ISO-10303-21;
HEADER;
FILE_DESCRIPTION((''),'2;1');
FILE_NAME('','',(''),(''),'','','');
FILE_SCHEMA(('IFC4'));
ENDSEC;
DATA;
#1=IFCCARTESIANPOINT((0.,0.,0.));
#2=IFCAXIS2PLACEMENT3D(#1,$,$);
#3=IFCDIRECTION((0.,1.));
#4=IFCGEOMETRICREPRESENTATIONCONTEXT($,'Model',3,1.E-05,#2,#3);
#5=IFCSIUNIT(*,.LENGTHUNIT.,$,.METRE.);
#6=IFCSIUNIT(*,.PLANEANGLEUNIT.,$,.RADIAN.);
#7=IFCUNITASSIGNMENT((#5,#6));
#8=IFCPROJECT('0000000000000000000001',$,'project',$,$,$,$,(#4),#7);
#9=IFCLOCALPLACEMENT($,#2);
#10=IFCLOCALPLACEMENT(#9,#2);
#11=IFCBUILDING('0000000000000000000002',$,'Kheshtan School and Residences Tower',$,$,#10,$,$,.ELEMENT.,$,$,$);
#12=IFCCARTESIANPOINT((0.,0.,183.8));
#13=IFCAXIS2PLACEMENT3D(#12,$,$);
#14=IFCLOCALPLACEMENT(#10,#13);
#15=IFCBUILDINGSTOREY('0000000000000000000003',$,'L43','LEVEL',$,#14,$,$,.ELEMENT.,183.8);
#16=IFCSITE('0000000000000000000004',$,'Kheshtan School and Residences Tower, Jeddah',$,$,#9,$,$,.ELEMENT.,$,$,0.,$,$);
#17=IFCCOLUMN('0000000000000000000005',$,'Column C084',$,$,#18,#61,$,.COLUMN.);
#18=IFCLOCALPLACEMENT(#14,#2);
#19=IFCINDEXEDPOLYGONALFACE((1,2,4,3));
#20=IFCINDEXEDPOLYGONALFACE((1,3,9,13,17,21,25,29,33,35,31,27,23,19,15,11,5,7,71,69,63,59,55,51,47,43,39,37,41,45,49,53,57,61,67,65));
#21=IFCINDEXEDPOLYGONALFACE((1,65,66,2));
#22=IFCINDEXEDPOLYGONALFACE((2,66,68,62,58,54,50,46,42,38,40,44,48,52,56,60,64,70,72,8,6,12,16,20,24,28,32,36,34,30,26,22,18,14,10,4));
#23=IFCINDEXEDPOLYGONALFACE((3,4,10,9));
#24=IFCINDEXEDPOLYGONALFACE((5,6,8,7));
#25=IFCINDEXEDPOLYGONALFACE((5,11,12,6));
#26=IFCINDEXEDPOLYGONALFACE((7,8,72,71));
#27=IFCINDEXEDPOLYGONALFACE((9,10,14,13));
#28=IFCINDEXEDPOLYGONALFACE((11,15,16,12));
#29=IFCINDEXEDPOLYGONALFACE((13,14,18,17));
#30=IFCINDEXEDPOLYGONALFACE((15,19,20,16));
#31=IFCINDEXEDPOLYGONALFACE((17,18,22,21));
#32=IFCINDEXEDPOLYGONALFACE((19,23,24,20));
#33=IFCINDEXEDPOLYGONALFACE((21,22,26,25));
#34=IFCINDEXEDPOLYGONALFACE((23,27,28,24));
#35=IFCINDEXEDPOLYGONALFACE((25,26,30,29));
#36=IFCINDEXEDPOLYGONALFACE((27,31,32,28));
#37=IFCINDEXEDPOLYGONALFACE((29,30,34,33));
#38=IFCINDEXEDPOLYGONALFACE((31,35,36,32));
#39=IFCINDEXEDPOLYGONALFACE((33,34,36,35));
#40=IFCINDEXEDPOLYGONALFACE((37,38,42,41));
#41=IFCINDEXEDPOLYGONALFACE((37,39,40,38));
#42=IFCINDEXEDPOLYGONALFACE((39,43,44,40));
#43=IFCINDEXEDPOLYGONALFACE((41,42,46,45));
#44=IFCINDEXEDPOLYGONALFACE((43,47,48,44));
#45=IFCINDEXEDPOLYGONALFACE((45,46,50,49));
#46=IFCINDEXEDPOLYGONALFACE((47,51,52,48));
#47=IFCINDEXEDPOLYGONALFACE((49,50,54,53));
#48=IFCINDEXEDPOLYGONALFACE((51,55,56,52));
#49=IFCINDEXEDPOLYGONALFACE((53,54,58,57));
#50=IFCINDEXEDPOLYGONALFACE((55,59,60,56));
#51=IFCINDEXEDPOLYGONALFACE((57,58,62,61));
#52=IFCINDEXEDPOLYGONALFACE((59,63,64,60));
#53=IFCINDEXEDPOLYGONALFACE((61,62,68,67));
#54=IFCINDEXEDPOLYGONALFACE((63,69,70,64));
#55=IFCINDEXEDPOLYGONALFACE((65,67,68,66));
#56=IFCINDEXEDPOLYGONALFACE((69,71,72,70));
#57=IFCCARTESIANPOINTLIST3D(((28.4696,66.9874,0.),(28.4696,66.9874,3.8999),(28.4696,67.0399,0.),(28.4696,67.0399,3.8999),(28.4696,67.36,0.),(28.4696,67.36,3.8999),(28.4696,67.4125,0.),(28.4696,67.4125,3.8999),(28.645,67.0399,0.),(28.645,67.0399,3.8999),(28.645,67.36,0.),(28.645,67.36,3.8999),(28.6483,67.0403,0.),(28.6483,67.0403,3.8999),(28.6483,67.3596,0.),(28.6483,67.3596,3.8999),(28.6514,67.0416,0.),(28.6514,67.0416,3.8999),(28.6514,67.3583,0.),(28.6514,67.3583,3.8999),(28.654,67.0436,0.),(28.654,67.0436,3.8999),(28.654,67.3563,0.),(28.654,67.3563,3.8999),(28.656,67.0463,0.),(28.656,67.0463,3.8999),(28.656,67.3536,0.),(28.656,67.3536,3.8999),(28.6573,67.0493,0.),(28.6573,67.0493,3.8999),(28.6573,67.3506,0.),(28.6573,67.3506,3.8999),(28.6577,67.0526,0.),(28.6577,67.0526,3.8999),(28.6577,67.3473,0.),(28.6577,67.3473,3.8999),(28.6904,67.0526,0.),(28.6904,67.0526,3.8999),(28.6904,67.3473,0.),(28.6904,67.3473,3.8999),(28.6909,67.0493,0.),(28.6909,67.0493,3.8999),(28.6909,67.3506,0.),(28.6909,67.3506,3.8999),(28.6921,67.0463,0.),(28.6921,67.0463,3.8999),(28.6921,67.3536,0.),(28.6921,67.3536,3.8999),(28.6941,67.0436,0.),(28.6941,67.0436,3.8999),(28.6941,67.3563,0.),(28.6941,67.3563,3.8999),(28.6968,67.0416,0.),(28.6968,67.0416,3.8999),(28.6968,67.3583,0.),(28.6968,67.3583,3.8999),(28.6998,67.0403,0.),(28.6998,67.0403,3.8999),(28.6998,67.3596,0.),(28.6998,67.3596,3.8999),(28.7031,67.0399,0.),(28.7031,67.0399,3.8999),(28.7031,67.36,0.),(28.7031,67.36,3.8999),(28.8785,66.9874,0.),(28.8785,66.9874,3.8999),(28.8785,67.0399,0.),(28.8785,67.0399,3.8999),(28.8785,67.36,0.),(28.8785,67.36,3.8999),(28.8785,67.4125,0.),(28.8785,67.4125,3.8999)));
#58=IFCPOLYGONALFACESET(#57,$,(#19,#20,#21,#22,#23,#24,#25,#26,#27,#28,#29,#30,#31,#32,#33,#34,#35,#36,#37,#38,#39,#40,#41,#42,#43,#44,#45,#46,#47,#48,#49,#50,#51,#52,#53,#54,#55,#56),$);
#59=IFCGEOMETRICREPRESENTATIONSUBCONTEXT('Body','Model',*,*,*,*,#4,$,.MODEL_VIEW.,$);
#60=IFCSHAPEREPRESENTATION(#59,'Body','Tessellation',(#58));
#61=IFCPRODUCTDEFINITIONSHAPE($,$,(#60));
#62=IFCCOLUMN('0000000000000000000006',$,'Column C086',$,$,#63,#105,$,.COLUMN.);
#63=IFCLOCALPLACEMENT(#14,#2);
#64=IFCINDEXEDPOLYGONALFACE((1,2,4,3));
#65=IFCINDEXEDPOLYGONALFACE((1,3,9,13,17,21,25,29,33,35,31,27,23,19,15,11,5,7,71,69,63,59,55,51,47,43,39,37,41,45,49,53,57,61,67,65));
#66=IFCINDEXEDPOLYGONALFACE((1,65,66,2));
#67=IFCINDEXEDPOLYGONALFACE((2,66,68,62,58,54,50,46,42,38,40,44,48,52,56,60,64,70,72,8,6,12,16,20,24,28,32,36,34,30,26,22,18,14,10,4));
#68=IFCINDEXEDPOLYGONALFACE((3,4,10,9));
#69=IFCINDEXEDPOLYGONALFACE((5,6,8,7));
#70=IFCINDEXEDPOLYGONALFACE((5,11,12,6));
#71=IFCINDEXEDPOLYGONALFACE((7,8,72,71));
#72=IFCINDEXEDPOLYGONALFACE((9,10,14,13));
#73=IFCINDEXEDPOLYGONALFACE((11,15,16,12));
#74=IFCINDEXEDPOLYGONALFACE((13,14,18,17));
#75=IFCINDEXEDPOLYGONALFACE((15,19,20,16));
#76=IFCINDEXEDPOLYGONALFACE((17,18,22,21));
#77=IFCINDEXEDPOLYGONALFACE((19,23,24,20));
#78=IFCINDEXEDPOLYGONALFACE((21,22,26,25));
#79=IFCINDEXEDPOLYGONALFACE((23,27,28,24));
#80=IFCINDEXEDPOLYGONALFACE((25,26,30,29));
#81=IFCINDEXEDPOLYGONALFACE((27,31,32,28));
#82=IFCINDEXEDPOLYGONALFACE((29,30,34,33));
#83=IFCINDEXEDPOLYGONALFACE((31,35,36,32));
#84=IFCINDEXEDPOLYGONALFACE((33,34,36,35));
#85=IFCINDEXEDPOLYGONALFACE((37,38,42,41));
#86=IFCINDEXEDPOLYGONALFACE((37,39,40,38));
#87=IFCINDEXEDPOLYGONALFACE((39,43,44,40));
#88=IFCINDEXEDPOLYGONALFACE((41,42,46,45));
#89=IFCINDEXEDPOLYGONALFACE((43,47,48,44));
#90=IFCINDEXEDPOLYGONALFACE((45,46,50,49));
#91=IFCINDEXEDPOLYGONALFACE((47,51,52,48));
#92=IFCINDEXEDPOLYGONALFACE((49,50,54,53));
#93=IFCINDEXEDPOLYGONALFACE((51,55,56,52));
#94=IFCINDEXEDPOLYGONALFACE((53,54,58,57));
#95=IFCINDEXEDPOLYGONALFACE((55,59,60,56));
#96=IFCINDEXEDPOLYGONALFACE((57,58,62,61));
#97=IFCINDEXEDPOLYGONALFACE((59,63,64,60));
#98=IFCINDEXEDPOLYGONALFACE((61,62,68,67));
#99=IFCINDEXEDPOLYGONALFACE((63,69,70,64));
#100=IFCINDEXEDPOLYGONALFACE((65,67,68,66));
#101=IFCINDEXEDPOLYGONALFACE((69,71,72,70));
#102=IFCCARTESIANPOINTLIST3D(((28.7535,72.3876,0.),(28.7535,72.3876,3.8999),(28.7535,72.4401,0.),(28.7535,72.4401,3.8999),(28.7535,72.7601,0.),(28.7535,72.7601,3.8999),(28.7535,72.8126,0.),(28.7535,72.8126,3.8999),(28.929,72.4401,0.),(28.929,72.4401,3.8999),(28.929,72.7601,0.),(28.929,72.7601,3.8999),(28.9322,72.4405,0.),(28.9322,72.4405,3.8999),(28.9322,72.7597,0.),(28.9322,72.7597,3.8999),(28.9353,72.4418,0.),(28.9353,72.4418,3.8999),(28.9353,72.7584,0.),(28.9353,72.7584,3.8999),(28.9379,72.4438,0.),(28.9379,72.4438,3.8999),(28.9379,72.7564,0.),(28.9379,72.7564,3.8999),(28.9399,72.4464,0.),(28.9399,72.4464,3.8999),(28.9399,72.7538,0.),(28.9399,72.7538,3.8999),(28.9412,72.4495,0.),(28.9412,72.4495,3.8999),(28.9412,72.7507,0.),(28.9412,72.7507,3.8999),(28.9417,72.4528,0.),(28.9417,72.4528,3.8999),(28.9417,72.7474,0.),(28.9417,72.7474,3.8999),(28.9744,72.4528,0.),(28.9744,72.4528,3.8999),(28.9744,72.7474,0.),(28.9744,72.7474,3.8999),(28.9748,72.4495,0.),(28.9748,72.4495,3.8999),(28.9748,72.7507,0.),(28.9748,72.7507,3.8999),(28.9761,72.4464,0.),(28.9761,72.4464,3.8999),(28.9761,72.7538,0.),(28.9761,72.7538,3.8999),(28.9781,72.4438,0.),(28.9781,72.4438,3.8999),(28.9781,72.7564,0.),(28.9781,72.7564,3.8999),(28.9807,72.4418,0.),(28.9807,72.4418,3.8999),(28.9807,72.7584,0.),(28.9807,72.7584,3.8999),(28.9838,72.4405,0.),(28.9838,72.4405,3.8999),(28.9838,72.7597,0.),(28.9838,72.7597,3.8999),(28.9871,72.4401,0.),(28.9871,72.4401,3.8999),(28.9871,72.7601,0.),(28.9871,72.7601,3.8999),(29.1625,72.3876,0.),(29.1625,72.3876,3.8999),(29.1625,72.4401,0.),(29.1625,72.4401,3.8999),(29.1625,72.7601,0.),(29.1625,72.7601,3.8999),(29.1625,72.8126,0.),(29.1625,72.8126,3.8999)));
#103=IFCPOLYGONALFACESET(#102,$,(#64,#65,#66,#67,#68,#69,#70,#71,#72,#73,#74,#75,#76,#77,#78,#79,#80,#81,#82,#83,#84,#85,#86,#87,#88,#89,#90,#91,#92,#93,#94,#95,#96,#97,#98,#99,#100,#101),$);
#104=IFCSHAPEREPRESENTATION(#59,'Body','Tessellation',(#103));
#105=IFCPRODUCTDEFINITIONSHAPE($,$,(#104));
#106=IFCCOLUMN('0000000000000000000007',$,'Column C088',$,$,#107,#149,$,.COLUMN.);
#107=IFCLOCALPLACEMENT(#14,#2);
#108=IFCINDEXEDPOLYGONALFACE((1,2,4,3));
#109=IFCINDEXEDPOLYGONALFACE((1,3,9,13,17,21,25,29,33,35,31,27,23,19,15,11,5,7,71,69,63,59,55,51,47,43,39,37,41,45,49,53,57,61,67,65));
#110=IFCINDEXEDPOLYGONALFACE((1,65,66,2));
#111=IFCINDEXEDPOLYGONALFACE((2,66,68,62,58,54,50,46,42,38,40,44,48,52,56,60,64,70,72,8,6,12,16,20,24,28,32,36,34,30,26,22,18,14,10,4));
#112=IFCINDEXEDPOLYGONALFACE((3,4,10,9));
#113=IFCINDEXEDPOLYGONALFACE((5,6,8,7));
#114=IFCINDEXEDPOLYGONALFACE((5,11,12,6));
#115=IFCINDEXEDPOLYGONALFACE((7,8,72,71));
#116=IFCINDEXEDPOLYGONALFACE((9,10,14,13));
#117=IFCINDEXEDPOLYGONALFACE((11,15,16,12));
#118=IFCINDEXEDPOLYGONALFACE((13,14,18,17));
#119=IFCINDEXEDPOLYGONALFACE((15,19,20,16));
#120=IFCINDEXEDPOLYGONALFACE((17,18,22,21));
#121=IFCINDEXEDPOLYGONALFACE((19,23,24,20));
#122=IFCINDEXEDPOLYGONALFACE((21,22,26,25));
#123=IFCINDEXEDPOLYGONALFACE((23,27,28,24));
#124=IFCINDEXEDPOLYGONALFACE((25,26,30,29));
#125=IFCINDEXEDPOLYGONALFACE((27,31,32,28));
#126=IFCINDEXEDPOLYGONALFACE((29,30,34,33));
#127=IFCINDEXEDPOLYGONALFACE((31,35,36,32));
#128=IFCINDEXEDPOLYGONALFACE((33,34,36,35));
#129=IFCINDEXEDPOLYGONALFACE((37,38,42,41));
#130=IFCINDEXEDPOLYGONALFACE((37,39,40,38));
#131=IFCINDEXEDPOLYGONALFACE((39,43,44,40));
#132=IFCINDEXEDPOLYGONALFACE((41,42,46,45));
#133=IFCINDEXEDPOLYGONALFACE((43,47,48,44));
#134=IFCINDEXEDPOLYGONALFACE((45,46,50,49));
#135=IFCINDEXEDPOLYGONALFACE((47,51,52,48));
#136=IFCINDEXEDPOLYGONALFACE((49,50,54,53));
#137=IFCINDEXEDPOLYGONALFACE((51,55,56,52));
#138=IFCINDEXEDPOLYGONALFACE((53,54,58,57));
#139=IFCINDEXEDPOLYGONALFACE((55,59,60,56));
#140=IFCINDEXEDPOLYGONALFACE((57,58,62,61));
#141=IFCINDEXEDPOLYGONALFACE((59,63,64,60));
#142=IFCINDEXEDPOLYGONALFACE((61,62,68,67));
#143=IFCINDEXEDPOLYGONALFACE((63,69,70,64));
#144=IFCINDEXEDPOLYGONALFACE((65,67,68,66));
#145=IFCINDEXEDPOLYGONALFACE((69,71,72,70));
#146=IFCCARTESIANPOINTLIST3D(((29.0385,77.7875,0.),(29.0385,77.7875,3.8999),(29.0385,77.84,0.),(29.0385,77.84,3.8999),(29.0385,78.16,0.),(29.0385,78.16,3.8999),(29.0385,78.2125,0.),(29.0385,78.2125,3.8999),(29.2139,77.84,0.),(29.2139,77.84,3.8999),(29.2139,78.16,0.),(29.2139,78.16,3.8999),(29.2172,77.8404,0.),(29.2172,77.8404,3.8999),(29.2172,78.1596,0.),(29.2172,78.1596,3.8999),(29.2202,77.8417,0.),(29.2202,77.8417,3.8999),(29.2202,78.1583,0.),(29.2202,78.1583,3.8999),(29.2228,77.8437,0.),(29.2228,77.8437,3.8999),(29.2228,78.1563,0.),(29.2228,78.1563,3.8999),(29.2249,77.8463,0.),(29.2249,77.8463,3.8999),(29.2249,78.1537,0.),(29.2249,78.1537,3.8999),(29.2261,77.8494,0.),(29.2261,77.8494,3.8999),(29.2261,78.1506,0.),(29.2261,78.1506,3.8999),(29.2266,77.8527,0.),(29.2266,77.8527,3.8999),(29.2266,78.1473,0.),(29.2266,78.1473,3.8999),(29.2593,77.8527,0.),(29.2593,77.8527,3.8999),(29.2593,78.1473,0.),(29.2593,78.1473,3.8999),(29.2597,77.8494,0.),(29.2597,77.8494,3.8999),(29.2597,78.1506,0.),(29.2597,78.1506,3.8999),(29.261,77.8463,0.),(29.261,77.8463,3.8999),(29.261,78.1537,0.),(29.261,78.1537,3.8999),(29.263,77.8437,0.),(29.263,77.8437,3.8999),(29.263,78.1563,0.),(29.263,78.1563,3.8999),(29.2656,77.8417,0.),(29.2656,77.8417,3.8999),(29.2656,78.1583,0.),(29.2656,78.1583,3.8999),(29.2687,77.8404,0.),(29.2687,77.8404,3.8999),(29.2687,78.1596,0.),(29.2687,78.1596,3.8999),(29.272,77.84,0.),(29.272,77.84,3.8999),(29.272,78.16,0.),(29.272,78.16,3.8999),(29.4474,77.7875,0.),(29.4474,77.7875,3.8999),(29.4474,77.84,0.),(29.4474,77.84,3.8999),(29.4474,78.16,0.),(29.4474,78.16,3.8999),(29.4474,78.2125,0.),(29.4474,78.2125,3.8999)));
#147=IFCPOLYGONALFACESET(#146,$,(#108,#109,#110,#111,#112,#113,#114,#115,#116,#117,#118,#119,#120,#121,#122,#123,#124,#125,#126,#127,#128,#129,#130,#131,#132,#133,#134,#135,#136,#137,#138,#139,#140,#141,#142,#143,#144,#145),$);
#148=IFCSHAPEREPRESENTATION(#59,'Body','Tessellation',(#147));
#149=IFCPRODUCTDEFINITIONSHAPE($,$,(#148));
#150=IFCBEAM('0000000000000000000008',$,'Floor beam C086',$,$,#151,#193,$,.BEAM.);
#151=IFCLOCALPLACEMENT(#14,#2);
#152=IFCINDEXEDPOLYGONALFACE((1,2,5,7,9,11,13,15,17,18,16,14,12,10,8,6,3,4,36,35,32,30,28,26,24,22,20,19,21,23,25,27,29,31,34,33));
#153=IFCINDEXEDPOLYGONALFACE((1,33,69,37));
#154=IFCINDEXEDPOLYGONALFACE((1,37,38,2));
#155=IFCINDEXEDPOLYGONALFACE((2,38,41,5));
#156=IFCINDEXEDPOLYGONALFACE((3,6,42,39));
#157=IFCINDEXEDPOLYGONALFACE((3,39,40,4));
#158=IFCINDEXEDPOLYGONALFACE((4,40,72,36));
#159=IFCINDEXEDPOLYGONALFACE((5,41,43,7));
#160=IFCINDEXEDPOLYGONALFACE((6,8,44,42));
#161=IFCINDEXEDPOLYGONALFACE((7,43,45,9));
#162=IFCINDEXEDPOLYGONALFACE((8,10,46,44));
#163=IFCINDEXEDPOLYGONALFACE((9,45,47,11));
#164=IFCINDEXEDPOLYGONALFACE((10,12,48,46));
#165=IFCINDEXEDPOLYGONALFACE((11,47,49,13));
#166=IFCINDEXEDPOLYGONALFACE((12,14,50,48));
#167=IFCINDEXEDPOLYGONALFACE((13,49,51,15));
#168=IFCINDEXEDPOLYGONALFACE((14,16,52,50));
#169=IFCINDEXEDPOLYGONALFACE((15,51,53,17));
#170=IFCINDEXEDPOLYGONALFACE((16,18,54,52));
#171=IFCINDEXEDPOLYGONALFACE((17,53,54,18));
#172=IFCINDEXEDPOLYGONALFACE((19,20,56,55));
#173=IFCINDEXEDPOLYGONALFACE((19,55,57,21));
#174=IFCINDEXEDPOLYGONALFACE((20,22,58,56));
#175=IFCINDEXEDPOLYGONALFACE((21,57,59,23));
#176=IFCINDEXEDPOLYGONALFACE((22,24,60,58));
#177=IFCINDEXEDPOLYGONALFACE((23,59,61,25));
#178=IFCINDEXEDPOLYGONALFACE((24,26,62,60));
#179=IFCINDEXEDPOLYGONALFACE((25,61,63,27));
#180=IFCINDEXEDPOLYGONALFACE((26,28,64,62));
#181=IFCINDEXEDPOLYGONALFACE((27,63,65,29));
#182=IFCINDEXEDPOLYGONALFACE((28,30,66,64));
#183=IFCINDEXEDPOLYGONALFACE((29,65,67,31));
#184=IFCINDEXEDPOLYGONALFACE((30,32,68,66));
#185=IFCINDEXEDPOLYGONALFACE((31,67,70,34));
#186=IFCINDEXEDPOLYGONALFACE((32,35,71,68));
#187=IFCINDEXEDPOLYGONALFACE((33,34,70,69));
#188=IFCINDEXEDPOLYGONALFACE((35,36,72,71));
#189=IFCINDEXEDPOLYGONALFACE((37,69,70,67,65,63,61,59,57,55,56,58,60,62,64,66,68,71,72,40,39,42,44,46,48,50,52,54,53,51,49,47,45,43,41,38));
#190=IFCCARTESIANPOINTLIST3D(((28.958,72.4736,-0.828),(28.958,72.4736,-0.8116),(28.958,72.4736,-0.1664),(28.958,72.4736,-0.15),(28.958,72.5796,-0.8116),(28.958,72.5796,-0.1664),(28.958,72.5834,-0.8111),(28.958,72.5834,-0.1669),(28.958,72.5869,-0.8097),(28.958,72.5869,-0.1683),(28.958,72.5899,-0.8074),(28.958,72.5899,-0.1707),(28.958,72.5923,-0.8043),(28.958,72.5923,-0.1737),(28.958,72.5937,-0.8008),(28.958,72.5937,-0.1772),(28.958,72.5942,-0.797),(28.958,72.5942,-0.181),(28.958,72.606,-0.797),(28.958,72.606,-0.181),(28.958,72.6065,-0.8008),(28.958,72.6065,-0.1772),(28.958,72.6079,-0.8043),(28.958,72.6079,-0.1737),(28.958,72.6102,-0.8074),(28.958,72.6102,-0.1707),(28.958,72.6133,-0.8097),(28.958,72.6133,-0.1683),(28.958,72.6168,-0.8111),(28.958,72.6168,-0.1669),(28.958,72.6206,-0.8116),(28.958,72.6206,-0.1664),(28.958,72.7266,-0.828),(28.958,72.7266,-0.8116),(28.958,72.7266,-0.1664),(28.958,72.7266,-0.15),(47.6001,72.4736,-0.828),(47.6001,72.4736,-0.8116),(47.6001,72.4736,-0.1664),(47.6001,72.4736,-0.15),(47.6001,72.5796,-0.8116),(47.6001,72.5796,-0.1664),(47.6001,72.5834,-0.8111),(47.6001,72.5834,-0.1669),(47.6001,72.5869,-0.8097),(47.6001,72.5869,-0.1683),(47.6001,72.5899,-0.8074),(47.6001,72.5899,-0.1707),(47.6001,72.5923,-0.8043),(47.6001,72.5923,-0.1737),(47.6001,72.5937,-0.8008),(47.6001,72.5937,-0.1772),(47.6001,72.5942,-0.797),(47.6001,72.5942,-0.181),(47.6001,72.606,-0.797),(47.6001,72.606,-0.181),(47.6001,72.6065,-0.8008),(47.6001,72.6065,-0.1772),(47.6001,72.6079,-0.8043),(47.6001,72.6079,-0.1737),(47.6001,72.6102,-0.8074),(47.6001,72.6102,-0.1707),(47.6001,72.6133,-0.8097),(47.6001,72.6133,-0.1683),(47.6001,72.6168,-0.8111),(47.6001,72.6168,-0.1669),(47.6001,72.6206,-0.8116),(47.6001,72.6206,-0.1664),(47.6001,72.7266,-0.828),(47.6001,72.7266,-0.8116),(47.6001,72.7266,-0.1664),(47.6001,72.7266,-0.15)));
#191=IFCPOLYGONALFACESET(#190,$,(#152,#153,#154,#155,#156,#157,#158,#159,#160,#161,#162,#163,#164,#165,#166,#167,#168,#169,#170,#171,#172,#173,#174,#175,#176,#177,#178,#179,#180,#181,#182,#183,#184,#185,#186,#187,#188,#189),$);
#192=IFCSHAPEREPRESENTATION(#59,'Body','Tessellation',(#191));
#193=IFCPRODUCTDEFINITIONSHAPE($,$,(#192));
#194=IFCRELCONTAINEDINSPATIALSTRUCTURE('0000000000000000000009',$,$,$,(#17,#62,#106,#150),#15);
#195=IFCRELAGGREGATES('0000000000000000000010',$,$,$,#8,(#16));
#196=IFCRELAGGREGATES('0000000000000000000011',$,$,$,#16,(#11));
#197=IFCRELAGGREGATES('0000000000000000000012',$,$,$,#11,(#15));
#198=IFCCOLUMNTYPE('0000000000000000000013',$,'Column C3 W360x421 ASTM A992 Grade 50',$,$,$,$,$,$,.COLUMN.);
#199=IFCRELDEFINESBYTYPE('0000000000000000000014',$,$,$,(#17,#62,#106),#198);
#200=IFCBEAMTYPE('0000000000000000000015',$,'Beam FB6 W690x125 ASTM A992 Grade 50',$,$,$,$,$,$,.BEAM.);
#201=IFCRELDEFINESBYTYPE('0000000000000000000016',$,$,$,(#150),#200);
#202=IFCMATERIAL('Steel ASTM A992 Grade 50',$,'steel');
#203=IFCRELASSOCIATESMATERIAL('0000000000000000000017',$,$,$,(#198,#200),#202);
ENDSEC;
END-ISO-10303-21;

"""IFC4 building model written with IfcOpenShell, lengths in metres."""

from ifc_helpers import new_model, si_unit, direction, frame, origin, origin_2d, place, context, subcontext, project, spatial, i_section, extrude, material, material_profile, profile_set, type_object, element, save


model = new_model("IFC4")

# Units and contexts
model_context = context("Model", 3, precision=1e-05, world=origin(), true_north=direction((0.0, 1.0)))
body_context = subcontext(model_context, "Body", "Model", "MODEL_VIEW")
ifc_project = project(units=[si_unit("LENGTHUNIT", "METRE"), si_unit("PLANEANGLEUNIT", "RADIAN")], contexts=[model_context])

# Site, building, storey
site_placement = place(None, origin())
site = spatial("IfcSite", under=ifc_project, at=site_placement, Name="Kheshtan School and Residences Tower, Jeddah", CompositionType="ELEMENT", RefElevation=0.0)
building_placement = place(site_placement, origin())
building = spatial("IfcBuilding", under=site, at=building_placement, Name="Kheshtan School and Residences Tower", CompositionType="ELEMENT")
storey_placement = place(building_placement, frame((0.0, 0.0, 183.8)))
storey = spatial("IfcBuildingStorey", under=building, at=storey_placement, Name="L43", Description="LEVEL", CompositionType="ELEMENT", Elevation=183.8)

# Columns
ifc_material_1 = material(Name="Steel ASTM A992 Grade 50", Category="steel")
ifc_material_profile_1 = material_profile(ifc_material_1, i_section(OverallWidth=0.4089, OverallDepth=0.425, WebThickness=0.0327, FlangeThickness=0.0525, FilletRadius=0.0127, at=origin_2d()), Name="W360x421")
ifc_profile_set_1 = profile_set([ifc_material_profile_1], Name="Steel ASTM A992 Grade 50")
column_type = type_object("IfcColumnType", Name="Column C3 W360x421 ASTM A992 Grade 50", PredefinedType="COLUMN", material=ifc_profile_set_1)
for number, where, z_axis, x_axis, name in (
    (1, (28.6741, 67.2, 0.0), (0.0, 0.0, 1.0), (1.0, 0.0, 0.0), "Column C084"),
    (2, (28.958, 72.6001, 0.0), (0.0, 0.0, 1.0), (1.0, 0.0, 0.0), "Column C086"),
    (3, (29.2429, 78.0, 0.0), (0.0, 0.0, 1.0), (1.0, 0.0, 0.0), "Column C088"),
):
    element("IfcColumn", number, at=place(storey_placement, frame(where, z_axis=z_axis, x_axis=x_axis)), inside=storey, type_object=column_type, Name=name, PredefinedType="COLUMN", context=body_context, shape_type="SweptSolid", body=[
        extrude(i_section(OverallWidth=0.4089, OverallDepth=0.425, WebThickness=0.0327, FlangeThickness=0.0525, FilletRadius=0.0127, at=origin_2d()), origin(), (0.0, 0.0, 1.0), 3.8999),
    ])

# Beam
ifc_material_profile_2 = material_profile(ifc_material_1, i_section(OverallWidth=0.2529, OverallDepth=0.678, WebThickness=0.0117, FlangeThickness=0.0164, FilletRadius=0.0146, at=origin_2d()), Name="W690x125")
ifc_profile_set_2 = profile_set([ifc_material_profile_2], Name="Steel ASTM A992 Grade 50")
beam_type_1 = type_object("IfcBeamType", Name="Beam FB6 W690x125 ASTM A992 Grade 50", PredefinedType="BEAM", material=ifc_profile_set_2)
beam_1_placement = place(storey_placement, frame((28.958, 72.6001, -0.489), z_axis=(1.0, 0.0, 0.0), x_axis=(0.0, 1.0, 0.0)))
element("IfcBeam", 4, at=beam_1_placement, inside=storey, type_object=beam_type_1, Name="Floor beam C086", PredefinedType="BEAM", context=body_context, shape_type="SweptSolid", body=[
    extrude(i_section(OverallWidth=0.2529, OverallDepth=0.678, WebThickness=0.0117, FlangeThickness=0.0164, FilletRadius=0.0146, at=origin_2d()), origin(), (0.0, 0.0, 1.0), 18.6421),
])

save(model, "model.ifc")
